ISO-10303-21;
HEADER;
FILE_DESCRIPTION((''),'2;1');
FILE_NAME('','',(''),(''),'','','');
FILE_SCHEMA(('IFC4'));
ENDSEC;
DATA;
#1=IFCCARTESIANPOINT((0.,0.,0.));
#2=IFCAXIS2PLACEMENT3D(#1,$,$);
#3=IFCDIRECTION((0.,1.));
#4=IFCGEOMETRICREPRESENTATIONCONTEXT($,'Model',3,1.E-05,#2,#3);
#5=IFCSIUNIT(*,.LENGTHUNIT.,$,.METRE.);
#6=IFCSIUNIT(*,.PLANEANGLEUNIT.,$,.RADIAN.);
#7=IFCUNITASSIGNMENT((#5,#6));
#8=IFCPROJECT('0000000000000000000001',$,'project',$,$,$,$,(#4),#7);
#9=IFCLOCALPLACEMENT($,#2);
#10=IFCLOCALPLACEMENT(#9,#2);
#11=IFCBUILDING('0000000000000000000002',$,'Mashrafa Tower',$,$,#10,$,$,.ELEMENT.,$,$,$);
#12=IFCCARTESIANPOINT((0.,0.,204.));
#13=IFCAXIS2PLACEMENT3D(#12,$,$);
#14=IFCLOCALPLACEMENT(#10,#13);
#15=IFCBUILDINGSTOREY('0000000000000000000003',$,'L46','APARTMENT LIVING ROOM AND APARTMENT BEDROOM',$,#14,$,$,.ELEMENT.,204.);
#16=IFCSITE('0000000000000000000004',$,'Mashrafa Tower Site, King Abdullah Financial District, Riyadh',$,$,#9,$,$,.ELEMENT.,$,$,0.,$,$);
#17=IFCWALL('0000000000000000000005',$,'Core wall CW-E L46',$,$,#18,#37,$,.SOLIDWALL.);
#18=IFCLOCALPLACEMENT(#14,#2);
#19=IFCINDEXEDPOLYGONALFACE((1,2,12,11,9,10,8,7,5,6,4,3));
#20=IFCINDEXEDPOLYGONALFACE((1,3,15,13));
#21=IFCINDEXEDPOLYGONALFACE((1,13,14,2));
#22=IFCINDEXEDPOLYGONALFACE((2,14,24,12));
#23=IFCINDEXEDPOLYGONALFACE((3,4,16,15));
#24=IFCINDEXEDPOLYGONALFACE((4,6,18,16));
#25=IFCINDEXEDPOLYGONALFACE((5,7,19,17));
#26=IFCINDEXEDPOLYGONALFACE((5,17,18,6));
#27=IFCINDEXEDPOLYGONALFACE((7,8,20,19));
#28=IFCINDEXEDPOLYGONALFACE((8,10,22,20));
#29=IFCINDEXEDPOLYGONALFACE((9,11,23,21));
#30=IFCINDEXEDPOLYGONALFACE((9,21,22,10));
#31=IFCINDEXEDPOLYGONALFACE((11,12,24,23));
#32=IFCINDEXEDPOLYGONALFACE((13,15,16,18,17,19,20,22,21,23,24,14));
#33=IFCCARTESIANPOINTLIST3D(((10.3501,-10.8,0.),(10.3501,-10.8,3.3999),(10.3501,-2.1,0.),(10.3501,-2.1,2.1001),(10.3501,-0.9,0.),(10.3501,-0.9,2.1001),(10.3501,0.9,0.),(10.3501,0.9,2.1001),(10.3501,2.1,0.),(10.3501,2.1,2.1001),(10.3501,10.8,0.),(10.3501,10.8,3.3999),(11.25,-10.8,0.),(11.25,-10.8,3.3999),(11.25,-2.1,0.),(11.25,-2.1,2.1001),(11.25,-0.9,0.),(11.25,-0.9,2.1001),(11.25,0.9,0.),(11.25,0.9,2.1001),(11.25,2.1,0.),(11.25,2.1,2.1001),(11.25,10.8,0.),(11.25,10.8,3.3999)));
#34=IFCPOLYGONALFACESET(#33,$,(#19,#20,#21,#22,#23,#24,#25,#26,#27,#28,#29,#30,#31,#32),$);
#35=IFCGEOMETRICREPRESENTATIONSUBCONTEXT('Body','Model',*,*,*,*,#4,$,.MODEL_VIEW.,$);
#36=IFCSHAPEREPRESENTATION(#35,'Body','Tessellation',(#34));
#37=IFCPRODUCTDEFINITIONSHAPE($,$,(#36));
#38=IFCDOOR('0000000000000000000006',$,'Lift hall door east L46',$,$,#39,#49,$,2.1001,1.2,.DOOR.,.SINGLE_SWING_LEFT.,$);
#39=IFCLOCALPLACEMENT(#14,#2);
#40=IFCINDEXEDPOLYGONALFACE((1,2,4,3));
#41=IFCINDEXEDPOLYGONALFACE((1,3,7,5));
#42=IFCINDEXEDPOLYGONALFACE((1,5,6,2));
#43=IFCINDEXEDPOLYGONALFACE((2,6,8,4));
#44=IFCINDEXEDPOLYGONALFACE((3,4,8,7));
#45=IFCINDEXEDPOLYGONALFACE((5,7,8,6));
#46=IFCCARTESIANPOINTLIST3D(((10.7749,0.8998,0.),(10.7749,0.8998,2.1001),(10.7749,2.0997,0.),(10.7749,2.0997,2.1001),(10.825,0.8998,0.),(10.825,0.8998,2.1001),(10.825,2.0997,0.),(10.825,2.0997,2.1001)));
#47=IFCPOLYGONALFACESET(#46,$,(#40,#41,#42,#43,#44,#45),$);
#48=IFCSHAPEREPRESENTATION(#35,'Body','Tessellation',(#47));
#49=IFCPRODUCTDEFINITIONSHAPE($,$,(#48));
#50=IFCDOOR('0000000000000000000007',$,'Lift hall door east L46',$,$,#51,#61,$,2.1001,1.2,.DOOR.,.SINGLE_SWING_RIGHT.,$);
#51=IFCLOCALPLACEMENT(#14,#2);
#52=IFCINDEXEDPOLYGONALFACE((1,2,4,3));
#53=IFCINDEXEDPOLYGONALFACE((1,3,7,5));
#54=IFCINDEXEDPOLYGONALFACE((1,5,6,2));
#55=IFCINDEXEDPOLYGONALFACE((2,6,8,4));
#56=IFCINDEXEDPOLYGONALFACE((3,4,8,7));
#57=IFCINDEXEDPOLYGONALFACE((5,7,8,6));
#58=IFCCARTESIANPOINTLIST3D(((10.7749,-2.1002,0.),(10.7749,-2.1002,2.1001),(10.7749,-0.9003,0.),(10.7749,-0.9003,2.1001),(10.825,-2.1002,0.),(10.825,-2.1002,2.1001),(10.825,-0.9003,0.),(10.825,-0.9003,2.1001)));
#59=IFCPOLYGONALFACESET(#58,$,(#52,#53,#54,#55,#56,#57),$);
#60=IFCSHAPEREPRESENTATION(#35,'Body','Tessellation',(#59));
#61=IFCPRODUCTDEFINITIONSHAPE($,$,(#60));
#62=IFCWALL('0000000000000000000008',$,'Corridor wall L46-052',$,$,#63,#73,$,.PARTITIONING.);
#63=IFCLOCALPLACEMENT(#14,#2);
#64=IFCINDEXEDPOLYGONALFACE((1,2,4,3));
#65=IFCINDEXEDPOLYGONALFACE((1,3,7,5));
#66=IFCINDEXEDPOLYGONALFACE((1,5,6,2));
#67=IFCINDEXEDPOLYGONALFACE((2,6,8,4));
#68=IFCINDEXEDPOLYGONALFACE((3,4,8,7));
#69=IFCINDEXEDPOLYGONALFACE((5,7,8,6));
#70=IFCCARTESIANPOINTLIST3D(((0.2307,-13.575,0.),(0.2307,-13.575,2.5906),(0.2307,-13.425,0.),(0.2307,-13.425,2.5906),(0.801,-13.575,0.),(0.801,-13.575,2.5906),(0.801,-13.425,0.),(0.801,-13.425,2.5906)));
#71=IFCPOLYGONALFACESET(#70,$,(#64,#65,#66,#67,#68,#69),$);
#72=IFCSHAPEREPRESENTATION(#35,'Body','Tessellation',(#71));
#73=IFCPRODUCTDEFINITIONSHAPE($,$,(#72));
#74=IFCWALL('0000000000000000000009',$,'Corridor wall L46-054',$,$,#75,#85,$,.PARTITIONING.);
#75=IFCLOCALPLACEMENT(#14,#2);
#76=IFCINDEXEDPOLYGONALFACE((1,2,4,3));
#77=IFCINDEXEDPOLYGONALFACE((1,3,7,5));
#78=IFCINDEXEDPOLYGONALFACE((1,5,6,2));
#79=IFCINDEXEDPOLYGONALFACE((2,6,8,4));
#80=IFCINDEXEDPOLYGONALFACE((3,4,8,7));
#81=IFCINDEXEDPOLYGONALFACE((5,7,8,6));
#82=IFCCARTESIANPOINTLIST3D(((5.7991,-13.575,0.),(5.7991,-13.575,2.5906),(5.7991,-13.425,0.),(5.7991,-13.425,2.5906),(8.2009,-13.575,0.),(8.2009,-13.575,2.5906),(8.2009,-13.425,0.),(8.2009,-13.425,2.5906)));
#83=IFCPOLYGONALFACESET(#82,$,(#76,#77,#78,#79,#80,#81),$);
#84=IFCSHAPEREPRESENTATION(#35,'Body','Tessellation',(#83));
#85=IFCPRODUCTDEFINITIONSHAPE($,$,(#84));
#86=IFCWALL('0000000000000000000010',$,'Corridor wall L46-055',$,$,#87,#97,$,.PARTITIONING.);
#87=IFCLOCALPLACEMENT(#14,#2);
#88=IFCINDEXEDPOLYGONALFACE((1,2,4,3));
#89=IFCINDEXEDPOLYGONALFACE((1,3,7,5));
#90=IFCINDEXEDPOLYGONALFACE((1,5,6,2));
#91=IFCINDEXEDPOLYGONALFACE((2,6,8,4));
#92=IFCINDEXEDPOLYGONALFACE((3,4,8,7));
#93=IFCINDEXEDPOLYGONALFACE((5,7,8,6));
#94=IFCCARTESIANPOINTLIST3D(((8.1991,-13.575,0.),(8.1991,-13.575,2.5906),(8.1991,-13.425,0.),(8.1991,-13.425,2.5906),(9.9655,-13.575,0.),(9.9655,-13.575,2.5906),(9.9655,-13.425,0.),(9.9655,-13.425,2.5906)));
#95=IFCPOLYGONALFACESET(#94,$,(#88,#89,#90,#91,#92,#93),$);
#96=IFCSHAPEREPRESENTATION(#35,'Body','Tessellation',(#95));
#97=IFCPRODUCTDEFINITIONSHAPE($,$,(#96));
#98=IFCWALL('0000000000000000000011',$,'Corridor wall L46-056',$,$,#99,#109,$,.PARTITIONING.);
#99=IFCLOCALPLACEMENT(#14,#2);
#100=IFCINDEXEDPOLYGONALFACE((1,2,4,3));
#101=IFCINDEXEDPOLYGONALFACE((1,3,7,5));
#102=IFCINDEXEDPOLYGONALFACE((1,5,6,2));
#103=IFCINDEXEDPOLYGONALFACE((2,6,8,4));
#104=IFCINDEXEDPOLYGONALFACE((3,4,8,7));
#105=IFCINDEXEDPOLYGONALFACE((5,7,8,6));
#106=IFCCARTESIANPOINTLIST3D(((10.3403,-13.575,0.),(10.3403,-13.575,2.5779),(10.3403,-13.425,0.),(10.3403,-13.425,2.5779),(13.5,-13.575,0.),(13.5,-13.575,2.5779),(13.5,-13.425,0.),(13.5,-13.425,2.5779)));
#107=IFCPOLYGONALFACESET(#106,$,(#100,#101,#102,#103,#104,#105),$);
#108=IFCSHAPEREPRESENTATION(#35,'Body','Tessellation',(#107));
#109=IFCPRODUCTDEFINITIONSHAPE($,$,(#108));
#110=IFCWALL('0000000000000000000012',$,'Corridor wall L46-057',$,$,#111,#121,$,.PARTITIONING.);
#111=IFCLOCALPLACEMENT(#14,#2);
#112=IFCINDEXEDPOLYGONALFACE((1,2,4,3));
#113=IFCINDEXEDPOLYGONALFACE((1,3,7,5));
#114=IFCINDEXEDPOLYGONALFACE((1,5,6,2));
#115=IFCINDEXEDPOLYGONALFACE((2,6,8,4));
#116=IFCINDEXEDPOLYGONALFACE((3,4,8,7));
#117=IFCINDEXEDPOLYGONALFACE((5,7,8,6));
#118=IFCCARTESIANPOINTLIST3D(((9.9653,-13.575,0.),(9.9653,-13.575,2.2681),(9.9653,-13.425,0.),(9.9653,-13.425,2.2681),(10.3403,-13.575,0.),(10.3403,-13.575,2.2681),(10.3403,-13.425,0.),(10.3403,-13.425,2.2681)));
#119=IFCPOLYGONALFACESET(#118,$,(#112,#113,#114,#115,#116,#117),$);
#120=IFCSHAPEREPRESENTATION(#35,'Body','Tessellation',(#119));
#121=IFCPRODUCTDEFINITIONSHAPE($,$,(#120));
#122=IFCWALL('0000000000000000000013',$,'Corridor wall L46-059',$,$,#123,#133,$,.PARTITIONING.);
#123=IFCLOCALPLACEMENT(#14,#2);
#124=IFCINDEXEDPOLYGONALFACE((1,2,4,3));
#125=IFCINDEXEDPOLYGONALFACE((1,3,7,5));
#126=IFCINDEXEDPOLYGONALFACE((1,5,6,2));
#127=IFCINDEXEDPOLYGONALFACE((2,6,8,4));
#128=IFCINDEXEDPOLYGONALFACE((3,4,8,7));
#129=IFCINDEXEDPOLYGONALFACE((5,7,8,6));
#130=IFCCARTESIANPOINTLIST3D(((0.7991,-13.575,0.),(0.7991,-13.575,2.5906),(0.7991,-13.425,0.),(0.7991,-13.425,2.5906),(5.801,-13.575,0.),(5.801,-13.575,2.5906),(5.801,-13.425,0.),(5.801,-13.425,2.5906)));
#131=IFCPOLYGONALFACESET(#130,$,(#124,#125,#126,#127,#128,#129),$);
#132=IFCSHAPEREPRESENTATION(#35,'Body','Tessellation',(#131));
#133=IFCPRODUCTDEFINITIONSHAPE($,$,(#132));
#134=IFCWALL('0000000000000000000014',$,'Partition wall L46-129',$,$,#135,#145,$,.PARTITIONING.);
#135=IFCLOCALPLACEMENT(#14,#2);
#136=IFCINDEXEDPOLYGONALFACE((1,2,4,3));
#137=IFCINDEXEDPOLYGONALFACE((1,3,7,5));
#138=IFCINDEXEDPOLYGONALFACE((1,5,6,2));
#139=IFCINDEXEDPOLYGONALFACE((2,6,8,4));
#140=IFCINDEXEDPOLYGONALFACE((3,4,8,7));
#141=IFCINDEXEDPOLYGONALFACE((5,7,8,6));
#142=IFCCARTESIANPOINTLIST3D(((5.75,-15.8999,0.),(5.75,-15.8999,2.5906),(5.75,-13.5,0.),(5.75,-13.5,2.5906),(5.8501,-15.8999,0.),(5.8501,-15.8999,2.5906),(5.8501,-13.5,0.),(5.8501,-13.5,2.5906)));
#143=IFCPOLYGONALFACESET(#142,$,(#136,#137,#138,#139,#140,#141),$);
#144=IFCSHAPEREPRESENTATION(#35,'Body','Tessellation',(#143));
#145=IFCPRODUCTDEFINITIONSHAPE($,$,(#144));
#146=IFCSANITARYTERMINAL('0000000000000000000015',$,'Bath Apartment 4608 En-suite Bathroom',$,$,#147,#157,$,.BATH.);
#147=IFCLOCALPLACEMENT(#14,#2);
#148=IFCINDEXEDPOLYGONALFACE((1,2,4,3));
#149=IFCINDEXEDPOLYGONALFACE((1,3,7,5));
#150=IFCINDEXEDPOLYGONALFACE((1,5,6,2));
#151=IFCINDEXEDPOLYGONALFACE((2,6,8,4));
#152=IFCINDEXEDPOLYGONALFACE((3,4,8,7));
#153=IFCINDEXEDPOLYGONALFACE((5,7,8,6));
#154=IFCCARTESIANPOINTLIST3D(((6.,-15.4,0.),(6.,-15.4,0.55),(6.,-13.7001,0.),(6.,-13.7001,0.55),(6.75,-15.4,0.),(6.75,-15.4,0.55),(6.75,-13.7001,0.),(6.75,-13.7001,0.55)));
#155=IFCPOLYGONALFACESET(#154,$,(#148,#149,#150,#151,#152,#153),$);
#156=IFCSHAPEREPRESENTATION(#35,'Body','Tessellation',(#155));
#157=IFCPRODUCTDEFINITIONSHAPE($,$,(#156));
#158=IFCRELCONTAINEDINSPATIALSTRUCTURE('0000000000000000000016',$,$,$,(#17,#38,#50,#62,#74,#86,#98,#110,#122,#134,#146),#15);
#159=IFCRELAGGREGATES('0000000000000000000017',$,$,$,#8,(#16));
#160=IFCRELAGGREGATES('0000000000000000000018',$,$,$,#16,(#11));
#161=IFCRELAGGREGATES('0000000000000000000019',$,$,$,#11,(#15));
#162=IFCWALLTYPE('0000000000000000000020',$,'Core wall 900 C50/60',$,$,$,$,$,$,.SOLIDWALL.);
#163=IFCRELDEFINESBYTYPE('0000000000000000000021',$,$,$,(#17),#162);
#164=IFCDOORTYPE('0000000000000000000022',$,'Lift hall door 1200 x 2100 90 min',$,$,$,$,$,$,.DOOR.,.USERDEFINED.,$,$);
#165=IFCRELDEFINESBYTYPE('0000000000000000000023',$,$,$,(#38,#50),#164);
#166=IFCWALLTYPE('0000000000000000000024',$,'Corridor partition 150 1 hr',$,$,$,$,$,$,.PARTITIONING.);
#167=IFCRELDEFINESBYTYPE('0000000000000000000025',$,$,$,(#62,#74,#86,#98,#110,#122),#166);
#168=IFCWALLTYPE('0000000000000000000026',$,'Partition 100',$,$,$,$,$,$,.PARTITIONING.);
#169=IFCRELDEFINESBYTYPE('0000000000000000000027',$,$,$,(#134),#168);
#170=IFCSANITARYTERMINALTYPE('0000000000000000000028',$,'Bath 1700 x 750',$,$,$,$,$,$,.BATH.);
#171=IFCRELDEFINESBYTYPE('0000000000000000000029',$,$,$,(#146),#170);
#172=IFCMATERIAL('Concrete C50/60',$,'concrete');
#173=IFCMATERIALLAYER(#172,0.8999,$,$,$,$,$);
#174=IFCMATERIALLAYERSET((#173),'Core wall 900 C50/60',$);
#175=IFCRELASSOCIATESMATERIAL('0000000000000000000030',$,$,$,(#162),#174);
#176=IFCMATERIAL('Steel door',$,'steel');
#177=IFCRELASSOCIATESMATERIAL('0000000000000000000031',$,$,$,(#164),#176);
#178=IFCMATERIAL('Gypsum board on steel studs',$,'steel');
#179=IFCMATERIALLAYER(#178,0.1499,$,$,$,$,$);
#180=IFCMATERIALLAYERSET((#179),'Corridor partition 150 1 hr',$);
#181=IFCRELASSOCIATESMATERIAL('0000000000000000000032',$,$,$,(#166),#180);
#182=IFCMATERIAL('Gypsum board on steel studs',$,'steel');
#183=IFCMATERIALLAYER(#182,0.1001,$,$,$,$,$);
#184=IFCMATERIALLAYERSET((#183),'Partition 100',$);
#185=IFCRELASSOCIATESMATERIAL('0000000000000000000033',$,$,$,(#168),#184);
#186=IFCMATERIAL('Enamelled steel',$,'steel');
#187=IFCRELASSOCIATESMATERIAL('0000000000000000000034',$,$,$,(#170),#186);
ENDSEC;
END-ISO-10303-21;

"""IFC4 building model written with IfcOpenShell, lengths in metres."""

from ifc_helpers import new_model, si_unit, direction, frame, frame_2d, origin, origin_2d, place, context, subcontext, project, spatial, rectangle, extrude, material, layer, layer_set, type_object, element, fill, save


model = new_model("IFC4")

# Units and contexts
model_context = context("Model", 3, precision=1e-05, world=origin(), true_north=direction((0.0, 1.0)))
body_context = subcontext(model_context, "Body", "Model", "MODEL_VIEW")
ifc_project = project(units=[si_unit("LENGTHUNIT", "METRE"), si_unit("PLANEANGLEUNIT", "RADIAN")], contexts=[model_context])

# Site, building, storey
site_placement = place(None, origin())
site = spatial("IfcSite", under=ifc_project, at=site_placement, Name="Mashrafa Tower Site, King Abdullah Financial District, Riyadh", CompositionType="ELEMENT", RefElevation=0.0)
building_placement = place(site_placement, origin())
building = spatial("IfcBuilding", under=site, at=building_placement, Name="Mashrafa Tower", CompositionType="ELEMENT")
storey_placement = place(building_placement, frame((0.0, 0.0, 204.0)))
storey = spatial("IfcBuildingStorey", under=building, at=storey_placement, Name="L46", Description="APARTMENT LIVING ROOM AND APARTMENT BEDROOM", CompositionType="ELEMENT", Elevation=204.0)

# Wall, openings, doors
ifc_material_1 = material(Name="Concrete C50/60", Category="concrete")
ifc_layer_1 = layer(ifc_material_1, 0.8999)
ifc_layer_set_1 = layer_set([ifc_layer_1], Name="Core wall 900 C50/60")
wall_type_1 = type_object("IfcWallType", Name="Core wall 900 C50/60", PredefinedType="SOLIDWALL", material=ifc_layer_set_1)
wall_1_placement = place(storey_placement, frame((10.8, -10.8, 0.0), z_axis=(0.0, 0.0, 1.0), x_axis=(0.0, 1.0, 0.0)))
wall_1 = element("IfcWall", 1, at=wall_1_placement, inside=storey, type_object=wall_type_1, Name="Core wall CW-E L46", PredefinedType="SOLIDWALL", context=body_context, shape_type="SweptSolid", body=[
    extrude(rectangle(XDim=21.6001, YDim=0.8999, at=frame_2d((10.8, 0.0))), origin(), (0.0, 0.0, 1.0), 3.3999),
])
opening_1_placement = place(wall_1_placement, frame((11.7, 0.0, 0.0)))
opening_1 = element("IfcOpeningElement", 2, at=opening_1_placement, cuts=wall_1, PredefinedType="OPENING", context=body_context, shape_type="SweptSolid", body=[
    extrude(rectangle(XDim=1.2, YDim=2.1001, at=frame_2d((0.6001, 1.05))), frame((0.0, 0.46, 0.0), z_axis=(0.0, -1.0, 0.0), x_axis=(1.0, 0.0, 0.0)), (0.0, 0.0, 1.0), 0.9199),
])
opening_2_placement = place(wall_1_placement, frame((8.7, 0.0, 0.0)))
opening_2 = element("IfcOpeningElement", 3, at=opening_2_placement, cuts=wall_1, PredefinedType="OPENING", context=body_context, shape_type="SweptSolid", body=[
    extrude(rectangle(XDim=1.2, YDim=2.1001, at=frame_2d((0.6001, 1.05))), frame((0.0, 0.46, 0.0), z_axis=(0.0, -1.0, 0.0), x_axis=(1.0, 0.0, 0.0)), (0.0, 0.0, 1.0), 0.9199),
])
ifc_material_2 = material(Name="Steel door", Category="steel")
door_type_1 = type_object("IfcDoorType", Name="Lift hall door 1200 x 2100 90 min", OperationType="USERDEFINED", PredefinedType="DOOR", material=ifc_material_2)
door_1_placement = place(opening_1_placement, frame((1.2, 0.0, 0.0), z_axis=(0.0, 0.0, 1.0), x_axis=(-1.0, 0.0, 0.0)))
door_1 = element("IfcDoor", 4, at=door_1_placement, inside=storey, type_object=door_type_1, Name="Lift hall door east L46", OperationType="SINGLE_SWING_LEFT", OverallHeight=2.1001, OverallWidth=1.2, PredefinedType="DOOR", context=body_context, shape_type="SweptSolid", body=[
    extrude(rectangle(XDim=1.2, YDim=2.1001, at=frame_2d((0.6001, 1.05))), frame((0.0, 0.0249, 0.0), z_axis=(0.0, -1.0, 0.0), x_axis=(1.0, 0.0, 0.0)), (0.0, 0.0, 1.0), 0.05),
])
fill(opening_1, door_1)
door_2_placement = place(opening_2_placement, frame((1.2, 0.0, 0.0), z_axis=(0.0, 0.0, 1.0), x_axis=(-1.0, 0.0, 0.0)))
door_2 = element("IfcDoor", 5, at=door_2_placement, inside=storey, type_object=door_type_1, Name="Lift hall door east L46", OperationType="SINGLE_SWING_RIGHT", OverallHeight=2.1001, OverallWidth=1.2, PredefinedType="DOOR", context=body_context, shape_type="SweptSolid", body=[
    extrude(rectangle(XDim=1.2, YDim=2.1001, at=frame_2d((0.6001, 1.05))), frame((0.0, 0.0249, 0.0), z_axis=(0.0, -1.0, 0.0), x_axis=(1.0, 0.0, 0.0)), (0.0, 0.0, 1.0), 0.05),
])
fill(opening_2, door_2)

# Walls
ifc_material_3 = material(Name="Gypsum board on steel studs", Category="steel")
ifc_layer_2 = layer(ifc_material_3, 0.1499)
ifc_layer_set_2 = layer_set([ifc_layer_2], Name="Corridor partition 150 1 hr")
wall_type_2 = type_object("IfcWallType", Name="Corridor partition 150 1 hr", PredefinedType="PARTITIONING", material=ifc_layer_set_2)
wall_2_placement = place(storey_placement, frame((0.2307, -13.5, 0.0), z_axis=(0.0, 0.0, 1.0), x_axis=(1.0, 0.0, 0.0)))
element("IfcWall", 6, at=wall_2_placement, inside=storey, type_object=wall_type_2, Name="Corridor wall L46-052", PredefinedType="PARTITIONING", context=body_context, shape_type="SweptSolid", body=[
    extrude(rectangle(XDim=0.5703, YDim=0.1499, at=frame_2d((0.2852, 0.0))), origin(), (0.0, 0.0, 1.0), 2.5906),
])
wall_3_placement = place(storey_placement, frame((5.7991, -13.5, 0.0), z_axis=(0.0, 0.0, 1.0), x_axis=(1.0, 0.0, 0.0)))
element("IfcWall", 7, at=wall_3_placement, inside=storey, type_object=wall_type_2, Name="Corridor wall L46-054", PredefinedType="PARTITIONING", context=body_context, shape_type="SweptSolid", body=[
    extrude(rectangle(XDim=2.4019, YDim=0.1499, at=frame_2d((1.2009, 0.0))), origin(), (0.0, 0.0, 1.0), 2.5906),
])
wall_4_placement = place(storey_placement, frame((8.199, -13.5, 0.0), z_axis=(0.0, 0.0, 1.0), x_axis=(1.0, 0.0, 0.0)))
element("IfcWall", 8, at=wall_4_placement, inside=storey, type_object=wall_type_2, Name="Corridor wall L46-055", PredefinedType="PARTITIONING", context=body_context, shape_type="SweptSolid", body=[
    extrude(rectangle(XDim=1.7664, YDim=0.1499, at=frame_2d((0.8833, 0.0))), origin(), (0.0, 0.0, 1.0), 2.5906),
])
wall_5_placement = place(storey_placement, frame((10.3403, -13.5, 0.0), z_axis=(0.0, 0.0, 1.0), x_axis=(1.0, 0.0, 0.0)))
element("IfcWall", 9, at=wall_5_placement, inside=storey, type_object=wall_type_2, Name="Corridor wall L46-056", PredefinedType="PARTITIONING", context=body_context, shape_type="SweptSolid", body=[
    extrude(rectangle(XDim=3.1597, YDim=0.1499, at=frame_2d((1.5798, 0.0))), origin(), (0.0, 0.0, 1.0), 2.5779),
])
wall_6_placement = place(storey_placement, frame((9.9653, -13.5, 0.0), z_axis=(0.0, 0.0, 1.0), x_axis=(1.0, 0.0, 0.0)))
element("IfcWall", 10, at=wall_6_placement, inside=storey, type_object=wall_type_2, Name="Corridor wall L46-057", PredefinedType="PARTITIONING", context=body_context, shape_type="SweptSolid", body=[
    extrude(rectangle(XDim=0.375, YDim=0.1499, at=frame_2d((0.1875, 0.0))), origin(), (0.0, 0.0, 1.0), 2.2681),
])
wall_7_placement = place(storey_placement, frame((0.7991, -13.5, 0.0), z_axis=(0.0, 0.0, 1.0), x_axis=(1.0, 0.0, 0.0)))
element("IfcWall", 11, at=wall_7_placement, inside=storey, type_object=wall_type_2, Name="Corridor wall L46-059", PredefinedType="PARTITIONING", context=body_context, shape_type="SweptSolid", body=[
    extrude(rectangle(XDim=5.002, YDim=0.1499, at=frame_2d((2.501, 0.0))), origin(), (0.0, 0.0, 1.0), 2.5906),
])
ifc_material_4 = material(Name="Gypsum board on steel studs", Category="steel")
ifc_layer_3 = layer(ifc_material_4, 0.1001)
ifc_layer_set_3 = layer_set([ifc_layer_3], Name="Partition 100")
wall_type_3 = type_object("IfcWallType", Name="Partition 100", PredefinedType="PARTITIONING", material=ifc_layer_set_3)
wall_8_placement = place(storey_placement, frame((5.8, -13.5, 0.0), z_axis=(0.0, 0.0, 1.0), x_axis=(0.0, -1.0, 0.0)))
element("IfcWall", 12, at=wall_8_placement, inside=storey, type_object=wall_type_3, Name="Partition wall L46-129", PredefinedType="PARTITIONING", context=body_context, shape_type="SweptSolid", body=[
    extrude(rectangle(XDim=2.3999, YDim=0.1001, at=frame_2d((1.2, 0.0))), origin(), (0.0, 0.0, 1.0), 2.5906),
])

# Sanitary terminal
ifc_material_5 = material(Name="Enamelled steel", Category="steel")
sanitary_terminal_type = type_object("IfcSanitaryTerminalType", Name="Bath 1700 x 750", PredefinedType="BATH", material=ifc_material_5)
sanitary_terminal_placement = place(storey_placement, frame((6.375, -14.55, 0.0), z_axis=(0.0, 0.0, 1.0), x_axis=(0.0, -1.0, 0.0)))
element("IfcSanitaryTerminal", 13, at=sanitary_terminal_placement, inside=storey, type_object=sanitary_terminal_type, Name="Bath Apartment 4608 En-suite Bathroom", PredefinedType="BATH", context=body_context, shape_type="SweptSolid", body=[
    extrude(rectangle(XDim=1.7, YDim=0.75, at=origin_2d()), origin(), (0.0, 0.0, 1.0), 0.55),
])

save(model, "model.ifc")
